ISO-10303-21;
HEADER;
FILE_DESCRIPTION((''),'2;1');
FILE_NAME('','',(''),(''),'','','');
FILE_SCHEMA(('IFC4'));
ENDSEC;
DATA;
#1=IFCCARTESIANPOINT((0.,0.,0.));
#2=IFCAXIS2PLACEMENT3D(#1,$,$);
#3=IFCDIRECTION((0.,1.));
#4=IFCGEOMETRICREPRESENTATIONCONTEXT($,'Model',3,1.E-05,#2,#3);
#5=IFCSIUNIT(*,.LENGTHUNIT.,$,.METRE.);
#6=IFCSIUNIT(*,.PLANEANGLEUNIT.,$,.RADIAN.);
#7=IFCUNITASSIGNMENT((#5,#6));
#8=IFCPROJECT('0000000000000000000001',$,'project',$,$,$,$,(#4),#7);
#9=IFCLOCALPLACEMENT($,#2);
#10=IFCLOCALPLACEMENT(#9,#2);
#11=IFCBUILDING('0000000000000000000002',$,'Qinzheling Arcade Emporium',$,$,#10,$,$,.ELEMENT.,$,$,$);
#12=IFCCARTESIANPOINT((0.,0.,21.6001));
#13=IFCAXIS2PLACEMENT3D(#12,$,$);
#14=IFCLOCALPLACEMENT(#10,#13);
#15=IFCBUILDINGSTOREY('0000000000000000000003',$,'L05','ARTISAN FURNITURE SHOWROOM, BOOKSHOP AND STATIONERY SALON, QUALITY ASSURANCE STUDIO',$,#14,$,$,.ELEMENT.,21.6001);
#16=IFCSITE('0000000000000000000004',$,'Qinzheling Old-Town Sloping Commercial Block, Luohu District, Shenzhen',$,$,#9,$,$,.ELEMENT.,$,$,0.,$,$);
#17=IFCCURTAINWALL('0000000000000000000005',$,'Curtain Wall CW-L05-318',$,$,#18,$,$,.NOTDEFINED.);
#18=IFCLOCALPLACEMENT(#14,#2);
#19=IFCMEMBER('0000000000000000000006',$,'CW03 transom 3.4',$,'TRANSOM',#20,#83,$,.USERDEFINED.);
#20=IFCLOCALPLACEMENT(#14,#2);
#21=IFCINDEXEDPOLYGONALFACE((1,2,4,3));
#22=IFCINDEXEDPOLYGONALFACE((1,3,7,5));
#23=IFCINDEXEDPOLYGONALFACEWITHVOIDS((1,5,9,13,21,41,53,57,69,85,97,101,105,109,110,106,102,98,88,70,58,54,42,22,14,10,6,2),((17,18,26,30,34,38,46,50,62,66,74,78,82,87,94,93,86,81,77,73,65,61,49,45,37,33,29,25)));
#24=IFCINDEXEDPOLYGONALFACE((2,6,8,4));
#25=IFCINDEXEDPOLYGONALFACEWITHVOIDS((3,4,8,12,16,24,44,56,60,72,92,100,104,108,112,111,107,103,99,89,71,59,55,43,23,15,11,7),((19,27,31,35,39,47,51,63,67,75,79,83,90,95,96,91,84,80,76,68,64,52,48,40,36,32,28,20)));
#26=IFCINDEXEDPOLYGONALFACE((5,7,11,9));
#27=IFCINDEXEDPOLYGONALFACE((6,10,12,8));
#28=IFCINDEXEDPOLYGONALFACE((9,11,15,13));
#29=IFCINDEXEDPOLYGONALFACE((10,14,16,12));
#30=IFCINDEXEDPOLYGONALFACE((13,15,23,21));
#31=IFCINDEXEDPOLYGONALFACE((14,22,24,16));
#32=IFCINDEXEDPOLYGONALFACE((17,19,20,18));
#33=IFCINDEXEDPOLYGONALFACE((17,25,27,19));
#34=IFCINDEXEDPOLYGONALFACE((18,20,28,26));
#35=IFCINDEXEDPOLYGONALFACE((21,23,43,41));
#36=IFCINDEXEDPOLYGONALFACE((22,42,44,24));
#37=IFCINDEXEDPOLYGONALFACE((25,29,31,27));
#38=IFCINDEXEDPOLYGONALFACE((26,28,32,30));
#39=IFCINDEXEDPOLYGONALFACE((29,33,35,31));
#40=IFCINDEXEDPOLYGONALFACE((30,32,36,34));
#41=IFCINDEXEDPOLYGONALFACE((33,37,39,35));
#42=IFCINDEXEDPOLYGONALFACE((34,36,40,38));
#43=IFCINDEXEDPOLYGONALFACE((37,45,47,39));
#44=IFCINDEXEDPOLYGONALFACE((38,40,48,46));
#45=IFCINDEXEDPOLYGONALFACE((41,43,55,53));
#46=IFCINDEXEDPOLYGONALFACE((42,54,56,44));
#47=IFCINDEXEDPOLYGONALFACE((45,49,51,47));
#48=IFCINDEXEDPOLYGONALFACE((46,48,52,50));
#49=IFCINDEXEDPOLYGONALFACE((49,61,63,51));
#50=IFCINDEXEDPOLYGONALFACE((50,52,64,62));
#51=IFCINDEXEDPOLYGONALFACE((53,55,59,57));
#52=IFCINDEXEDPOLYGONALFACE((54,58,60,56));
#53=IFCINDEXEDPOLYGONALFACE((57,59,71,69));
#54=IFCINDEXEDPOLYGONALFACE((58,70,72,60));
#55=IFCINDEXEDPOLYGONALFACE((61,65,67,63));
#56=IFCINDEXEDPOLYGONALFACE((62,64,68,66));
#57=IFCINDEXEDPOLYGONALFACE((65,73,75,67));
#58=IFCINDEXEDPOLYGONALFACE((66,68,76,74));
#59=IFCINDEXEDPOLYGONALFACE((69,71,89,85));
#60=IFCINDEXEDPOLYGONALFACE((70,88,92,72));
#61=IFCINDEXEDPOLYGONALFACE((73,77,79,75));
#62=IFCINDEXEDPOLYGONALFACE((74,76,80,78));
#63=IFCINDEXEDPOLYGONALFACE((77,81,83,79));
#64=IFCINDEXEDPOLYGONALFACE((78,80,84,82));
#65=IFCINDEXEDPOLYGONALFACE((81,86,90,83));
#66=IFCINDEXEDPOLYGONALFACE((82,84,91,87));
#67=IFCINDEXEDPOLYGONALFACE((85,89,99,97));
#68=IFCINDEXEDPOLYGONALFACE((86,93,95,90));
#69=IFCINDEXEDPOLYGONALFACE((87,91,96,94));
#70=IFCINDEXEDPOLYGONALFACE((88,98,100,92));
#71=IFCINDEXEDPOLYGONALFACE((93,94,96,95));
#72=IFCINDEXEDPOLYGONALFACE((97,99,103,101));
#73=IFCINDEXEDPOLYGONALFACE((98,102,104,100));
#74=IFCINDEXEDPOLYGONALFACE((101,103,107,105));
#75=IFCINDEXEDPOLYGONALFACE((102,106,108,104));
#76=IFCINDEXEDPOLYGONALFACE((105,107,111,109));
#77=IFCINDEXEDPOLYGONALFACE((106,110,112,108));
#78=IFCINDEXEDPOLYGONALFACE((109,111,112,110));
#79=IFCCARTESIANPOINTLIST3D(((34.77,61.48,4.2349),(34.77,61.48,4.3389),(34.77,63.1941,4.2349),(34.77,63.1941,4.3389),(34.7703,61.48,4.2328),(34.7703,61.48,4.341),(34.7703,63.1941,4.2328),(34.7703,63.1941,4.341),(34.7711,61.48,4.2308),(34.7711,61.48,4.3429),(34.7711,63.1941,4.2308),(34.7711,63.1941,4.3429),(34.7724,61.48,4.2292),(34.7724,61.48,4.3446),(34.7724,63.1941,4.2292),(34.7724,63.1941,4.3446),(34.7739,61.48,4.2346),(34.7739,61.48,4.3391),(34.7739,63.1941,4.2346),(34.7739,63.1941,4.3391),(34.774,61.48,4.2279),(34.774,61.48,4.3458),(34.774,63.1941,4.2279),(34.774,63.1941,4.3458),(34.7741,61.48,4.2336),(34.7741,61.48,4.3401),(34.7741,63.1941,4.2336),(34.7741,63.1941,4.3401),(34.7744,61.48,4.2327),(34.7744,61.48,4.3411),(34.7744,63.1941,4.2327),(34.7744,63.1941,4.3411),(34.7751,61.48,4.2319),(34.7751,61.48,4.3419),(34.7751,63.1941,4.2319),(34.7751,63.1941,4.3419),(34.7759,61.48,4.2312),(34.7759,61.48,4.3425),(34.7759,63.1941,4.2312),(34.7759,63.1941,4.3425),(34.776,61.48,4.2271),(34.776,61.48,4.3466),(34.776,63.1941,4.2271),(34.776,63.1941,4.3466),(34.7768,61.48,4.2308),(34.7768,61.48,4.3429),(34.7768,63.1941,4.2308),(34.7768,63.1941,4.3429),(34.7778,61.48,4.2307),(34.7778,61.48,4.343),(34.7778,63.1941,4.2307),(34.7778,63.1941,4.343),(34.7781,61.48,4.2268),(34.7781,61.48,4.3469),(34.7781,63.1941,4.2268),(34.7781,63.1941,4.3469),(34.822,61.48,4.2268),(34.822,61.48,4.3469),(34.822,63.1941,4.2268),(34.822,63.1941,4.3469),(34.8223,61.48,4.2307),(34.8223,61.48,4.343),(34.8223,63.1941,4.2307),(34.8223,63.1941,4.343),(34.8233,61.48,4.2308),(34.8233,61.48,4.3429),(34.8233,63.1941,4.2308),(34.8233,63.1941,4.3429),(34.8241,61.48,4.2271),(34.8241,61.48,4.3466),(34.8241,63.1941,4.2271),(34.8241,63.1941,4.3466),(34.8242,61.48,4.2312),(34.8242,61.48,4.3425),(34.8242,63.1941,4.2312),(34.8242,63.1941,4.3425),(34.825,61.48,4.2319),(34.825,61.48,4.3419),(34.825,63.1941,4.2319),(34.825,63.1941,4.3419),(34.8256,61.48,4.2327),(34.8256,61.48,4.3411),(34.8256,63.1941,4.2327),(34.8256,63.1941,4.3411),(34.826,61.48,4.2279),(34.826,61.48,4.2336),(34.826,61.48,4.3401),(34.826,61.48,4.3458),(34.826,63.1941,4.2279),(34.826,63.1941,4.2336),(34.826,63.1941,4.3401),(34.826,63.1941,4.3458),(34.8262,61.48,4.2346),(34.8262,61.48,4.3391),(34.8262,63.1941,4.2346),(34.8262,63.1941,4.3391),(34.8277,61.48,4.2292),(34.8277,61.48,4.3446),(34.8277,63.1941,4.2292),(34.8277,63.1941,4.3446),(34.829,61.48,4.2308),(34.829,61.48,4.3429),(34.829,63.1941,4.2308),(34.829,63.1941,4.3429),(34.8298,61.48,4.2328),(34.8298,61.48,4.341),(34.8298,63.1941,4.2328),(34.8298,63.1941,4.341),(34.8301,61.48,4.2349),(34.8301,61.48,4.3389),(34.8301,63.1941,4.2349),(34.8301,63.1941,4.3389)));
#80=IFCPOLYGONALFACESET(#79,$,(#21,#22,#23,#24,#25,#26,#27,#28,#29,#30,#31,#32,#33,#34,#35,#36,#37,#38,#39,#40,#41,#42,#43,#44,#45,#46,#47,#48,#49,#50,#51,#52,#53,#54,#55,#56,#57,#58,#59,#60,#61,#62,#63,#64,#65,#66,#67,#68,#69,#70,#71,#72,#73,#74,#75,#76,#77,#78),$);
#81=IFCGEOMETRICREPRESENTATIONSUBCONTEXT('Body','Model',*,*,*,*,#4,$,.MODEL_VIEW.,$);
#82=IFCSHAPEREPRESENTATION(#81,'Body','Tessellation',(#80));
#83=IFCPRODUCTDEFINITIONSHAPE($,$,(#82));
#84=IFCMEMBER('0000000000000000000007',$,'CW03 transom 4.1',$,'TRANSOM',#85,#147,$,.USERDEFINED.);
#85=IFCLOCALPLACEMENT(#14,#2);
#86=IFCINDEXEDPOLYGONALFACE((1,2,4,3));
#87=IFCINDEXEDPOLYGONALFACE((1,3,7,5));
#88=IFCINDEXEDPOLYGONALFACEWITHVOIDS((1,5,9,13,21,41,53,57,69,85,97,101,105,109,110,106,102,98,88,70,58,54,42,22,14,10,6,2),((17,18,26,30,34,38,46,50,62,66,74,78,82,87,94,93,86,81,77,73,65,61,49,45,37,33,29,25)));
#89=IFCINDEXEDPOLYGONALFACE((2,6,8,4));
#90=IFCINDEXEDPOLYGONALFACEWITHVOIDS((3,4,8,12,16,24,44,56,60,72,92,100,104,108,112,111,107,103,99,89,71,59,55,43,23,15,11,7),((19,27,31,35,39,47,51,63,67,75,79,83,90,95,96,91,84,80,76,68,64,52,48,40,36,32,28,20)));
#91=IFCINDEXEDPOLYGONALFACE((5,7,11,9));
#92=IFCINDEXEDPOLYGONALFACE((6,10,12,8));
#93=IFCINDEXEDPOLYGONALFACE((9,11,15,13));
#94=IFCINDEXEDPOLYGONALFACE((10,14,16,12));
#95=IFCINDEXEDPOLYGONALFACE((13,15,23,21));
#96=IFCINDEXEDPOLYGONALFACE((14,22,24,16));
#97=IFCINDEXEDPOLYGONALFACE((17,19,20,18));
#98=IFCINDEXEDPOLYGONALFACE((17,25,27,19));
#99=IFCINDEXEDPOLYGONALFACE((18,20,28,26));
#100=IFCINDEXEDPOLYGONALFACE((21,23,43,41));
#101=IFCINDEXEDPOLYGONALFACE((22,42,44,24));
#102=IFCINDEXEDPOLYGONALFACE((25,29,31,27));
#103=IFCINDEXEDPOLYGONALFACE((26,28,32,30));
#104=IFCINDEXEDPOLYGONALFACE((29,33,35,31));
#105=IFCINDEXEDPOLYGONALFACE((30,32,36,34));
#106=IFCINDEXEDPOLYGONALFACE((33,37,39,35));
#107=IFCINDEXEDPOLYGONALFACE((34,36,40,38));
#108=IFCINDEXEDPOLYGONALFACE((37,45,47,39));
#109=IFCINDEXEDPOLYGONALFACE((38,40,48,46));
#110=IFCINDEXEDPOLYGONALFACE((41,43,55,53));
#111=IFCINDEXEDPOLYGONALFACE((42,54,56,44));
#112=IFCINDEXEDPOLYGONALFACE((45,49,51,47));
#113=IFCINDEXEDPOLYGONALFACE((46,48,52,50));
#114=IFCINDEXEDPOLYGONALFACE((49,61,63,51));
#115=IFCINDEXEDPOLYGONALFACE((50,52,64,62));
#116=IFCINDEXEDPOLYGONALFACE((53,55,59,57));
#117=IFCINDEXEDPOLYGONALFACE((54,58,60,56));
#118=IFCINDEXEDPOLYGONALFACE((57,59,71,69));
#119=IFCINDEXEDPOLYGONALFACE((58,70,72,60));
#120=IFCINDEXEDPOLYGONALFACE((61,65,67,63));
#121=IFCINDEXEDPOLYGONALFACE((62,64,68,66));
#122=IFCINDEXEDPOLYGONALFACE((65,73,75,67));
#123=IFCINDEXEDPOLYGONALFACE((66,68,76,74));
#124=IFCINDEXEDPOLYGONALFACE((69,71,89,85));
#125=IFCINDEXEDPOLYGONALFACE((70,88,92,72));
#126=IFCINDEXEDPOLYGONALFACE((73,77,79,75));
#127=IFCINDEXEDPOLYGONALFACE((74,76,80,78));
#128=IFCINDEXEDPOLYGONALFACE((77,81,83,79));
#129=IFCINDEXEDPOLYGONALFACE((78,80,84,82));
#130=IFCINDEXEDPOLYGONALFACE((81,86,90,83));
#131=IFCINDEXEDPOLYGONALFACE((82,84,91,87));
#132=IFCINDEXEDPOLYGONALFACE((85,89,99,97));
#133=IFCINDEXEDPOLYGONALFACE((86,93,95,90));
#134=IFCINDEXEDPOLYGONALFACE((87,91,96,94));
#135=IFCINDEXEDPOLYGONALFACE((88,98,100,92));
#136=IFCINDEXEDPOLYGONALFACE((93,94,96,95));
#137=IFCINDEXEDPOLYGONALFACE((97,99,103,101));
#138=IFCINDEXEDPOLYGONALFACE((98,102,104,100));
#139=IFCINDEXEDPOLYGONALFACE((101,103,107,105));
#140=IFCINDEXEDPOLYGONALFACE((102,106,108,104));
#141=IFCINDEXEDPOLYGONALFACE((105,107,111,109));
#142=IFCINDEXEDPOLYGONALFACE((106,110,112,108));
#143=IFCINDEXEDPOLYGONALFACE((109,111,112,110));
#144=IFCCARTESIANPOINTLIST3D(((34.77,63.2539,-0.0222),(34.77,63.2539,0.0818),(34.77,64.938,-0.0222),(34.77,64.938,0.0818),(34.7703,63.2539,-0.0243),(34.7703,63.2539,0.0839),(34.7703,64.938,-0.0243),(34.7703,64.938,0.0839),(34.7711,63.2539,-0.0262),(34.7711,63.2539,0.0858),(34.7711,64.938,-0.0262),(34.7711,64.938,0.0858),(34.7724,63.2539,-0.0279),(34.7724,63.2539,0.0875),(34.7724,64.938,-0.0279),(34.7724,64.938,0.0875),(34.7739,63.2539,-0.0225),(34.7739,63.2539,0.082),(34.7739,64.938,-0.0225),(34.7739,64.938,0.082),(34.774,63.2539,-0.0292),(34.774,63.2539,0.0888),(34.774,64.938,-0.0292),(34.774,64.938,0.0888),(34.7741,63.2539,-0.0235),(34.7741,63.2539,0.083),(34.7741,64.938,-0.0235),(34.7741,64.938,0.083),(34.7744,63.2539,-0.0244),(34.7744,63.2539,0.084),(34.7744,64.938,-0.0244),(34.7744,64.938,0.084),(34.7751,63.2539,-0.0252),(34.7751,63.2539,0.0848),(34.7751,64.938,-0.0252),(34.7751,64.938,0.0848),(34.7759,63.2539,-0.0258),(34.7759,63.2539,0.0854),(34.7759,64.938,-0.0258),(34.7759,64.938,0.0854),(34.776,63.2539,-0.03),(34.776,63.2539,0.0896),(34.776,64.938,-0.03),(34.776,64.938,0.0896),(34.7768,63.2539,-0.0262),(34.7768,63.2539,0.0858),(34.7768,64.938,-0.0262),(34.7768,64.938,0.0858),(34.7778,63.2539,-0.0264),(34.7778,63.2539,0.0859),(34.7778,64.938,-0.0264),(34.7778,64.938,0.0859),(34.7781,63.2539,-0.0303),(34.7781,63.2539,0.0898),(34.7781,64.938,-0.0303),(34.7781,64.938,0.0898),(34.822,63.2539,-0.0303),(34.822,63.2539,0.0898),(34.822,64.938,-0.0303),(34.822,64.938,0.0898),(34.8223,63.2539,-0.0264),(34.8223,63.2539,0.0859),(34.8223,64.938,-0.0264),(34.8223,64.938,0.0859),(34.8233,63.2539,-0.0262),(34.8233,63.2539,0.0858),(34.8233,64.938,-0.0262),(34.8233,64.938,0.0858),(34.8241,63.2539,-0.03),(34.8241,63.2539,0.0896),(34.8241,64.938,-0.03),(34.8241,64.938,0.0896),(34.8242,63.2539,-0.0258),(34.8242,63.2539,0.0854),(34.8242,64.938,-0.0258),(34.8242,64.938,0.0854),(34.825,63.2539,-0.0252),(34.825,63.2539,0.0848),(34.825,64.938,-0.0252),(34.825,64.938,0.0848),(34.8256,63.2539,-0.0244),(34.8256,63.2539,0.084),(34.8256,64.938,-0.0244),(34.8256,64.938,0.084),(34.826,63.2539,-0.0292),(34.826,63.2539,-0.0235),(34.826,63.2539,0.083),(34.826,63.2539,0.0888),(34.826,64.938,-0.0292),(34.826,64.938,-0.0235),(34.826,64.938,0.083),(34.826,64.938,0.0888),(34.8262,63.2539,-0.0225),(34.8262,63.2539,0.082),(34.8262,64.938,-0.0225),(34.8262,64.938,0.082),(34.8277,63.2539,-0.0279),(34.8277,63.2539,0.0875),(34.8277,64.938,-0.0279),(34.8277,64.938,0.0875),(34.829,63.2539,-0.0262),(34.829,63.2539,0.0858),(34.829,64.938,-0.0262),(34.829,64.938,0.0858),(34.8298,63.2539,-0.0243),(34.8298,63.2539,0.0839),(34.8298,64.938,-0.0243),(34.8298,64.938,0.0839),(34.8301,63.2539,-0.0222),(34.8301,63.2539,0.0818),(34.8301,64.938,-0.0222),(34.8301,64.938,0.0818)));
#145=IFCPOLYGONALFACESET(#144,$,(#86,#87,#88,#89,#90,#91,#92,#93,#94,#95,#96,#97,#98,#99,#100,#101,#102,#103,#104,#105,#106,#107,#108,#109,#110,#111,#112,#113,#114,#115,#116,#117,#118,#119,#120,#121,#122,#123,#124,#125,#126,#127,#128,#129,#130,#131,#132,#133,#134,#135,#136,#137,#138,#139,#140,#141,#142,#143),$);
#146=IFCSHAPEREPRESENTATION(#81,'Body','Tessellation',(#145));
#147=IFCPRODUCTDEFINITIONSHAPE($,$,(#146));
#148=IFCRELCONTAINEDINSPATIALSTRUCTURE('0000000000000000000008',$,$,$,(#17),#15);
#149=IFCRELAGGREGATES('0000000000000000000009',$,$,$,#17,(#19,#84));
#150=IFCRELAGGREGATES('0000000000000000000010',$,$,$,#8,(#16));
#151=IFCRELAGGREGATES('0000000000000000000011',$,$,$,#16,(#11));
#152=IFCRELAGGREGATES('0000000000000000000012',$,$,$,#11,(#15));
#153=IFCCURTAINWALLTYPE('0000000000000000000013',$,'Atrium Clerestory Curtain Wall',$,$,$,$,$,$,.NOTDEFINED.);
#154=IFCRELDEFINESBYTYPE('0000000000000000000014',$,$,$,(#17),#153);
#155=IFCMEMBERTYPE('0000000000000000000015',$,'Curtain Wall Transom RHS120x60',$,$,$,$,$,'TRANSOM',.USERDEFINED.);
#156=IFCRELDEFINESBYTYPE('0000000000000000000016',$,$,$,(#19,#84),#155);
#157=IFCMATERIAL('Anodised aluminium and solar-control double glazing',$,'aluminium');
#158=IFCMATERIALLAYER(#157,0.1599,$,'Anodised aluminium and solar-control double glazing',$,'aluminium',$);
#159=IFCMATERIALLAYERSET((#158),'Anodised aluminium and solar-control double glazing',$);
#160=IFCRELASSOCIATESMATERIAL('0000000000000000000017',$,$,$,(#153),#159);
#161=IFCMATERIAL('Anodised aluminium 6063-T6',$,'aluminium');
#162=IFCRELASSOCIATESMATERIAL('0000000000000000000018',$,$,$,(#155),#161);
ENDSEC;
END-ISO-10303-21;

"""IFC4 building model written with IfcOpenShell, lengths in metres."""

from ifc_helpers import new_model, si_unit, direction, frame, origin, origin_2d, place, context, subcontext, project, spatial, hollow_rectangle, extrude, material, layer, layer_set, material_profile, profile_set, type_object, element, aggregate, save


model = new_model("IFC4")

# Units and contexts
model_context = context("Model", 3, precision=1e-05, world=origin(), true_north=direction((0.0, 1.0)))
body_context = subcontext(model_context, "Body", "Model", "MODEL_VIEW")
ifc_project = project(units=[si_unit("LENGTHUNIT", "METRE"), si_unit("PLANEANGLEUNIT", "RADIAN")], contexts=[model_context])

# Site, building, storey
site_placement = place(None, origin())
site = spatial("IfcSite", under=ifc_project, at=site_placement, Name="Qinzheling Old-Town Sloping Commercial Block, Luohu District, Shenzhen", CompositionType="ELEMENT", RefElevation=0.0)
building_placement = place(site_placement, origin())
building = spatial("IfcBuilding", under=site, at=building_placement, Name="Qinzheling Arcade Emporium", CompositionType="ELEMENT")
storey_placement = place(building_placement, frame((0.0, 0.0, 21.6001)))
storey = spatial("IfcBuildingStorey", under=building, at=storey_placement, Name="L05", Description="ARTISAN FURNITURE SHOWROOM, BOOKSHOP AND STATIONERY SALON, QUALITY ASSURANCE STUDIO", CompositionType="ELEMENT", Elevation=21.6001)

# Curtain wall, members
ifc_material_1 = material(Name="Anodised aluminium and solar-control double glazing", Category="aluminium")
ifc_layer_1 = layer(ifc_material_1, 0.1599, Name="Anodised aluminium and solar-control double glazing", Category="aluminium")
ifc_layer_set_1 = layer_set([ifc_layer_1], Name="Anodised aluminium and solar-control double glazing")
curtain_wall_type = type_object("IfcCurtainWallType", Name="Atrium Clerestory Curtain Wall", PredefinedType="NOTDEFINED", material=ifc_layer_set_1)
curtain_wall_placement = place(storey_placement, origin())
curtain_wall = element("IfcCurtainWall", 1, at=curtain_wall_placement, inside=storey, type_object=curtain_wall_type, Name="Curtain Wall CW-L05-318", PredefinedType="NOTDEFINED")
ifc_material_2 = material(Name="Anodised aluminium 6063-T6", Category="aluminium")
ifc_material_profile_1 = material_profile(ifc_material_2, hollow_rectangle(XDim=0.0601, YDim=0.1201, WallThickness=0.0039, InnerFilletRadius=0.0039, OuterFilletRadius=0.0081, at=origin_2d()), Name="RHS 120x60x4", Category="aluminium")
ifc_profile_set_1 = profile_set([ifc_material_profile_1], Name="Anodised aluminium 6063-T6")
member_type = type_object("IfcMemberType", Name="Curtain Wall Transom RHS120x60", ElementType="TRANSOM", PredefinedType="USERDEFINED", material=ifc_profile_set_1)
member_1_placement = place(storey_placement, frame((34.8, 61.48, 4.2869), z_axis=(0.0, 1.0, 0.0), x_axis=(-1.0, 0.0, 0.0)))
member_1 = element("IfcMember", 2, at=member_1_placement, type_object=member_type, Name="CW03 transom 3.4", ObjectType="TRANSOM", PredefinedType="USERDEFINED", context=body_context, shape_type="SweptSolid", body=[
    extrude(hollow_rectangle(XDim=0.0601, YDim=0.1201, WallThickness=0.0039, InnerFilletRadius=0.0039, OuterFilletRadius=0.0081, at=origin_2d()), origin(), (0.0, 0.0, 1.0), 1.7141),
])
member_2_placement = place(storey_placement, frame((34.8, 63.2539, 0.0298), z_axis=(0.0, 1.0, 0.0), x_axis=(-1.0, 0.0, 0.0)))
member_2 = element("IfcMember", 3, at=member_2_placement, type_object=member_type, Name="CW03 transom 4.1", ObjectType="TRANSOM", PredefinedType="USERDEFINED", context=body_context, shape_type="SweptSolid", body=[
    extrude(hollow_rectangle(XDim=0.0601, YDim=0.1201, WallThickness=0.0039, InnerFilletRadius=0.0039, OuterFilletRadius=0.0081, at=origin_2d()), origin(), (0.0, 0.0, 1.0), 1.6841),
])

aggregate(curtain_wall, [member_1, member_2])

save(model, "model.ifc")
